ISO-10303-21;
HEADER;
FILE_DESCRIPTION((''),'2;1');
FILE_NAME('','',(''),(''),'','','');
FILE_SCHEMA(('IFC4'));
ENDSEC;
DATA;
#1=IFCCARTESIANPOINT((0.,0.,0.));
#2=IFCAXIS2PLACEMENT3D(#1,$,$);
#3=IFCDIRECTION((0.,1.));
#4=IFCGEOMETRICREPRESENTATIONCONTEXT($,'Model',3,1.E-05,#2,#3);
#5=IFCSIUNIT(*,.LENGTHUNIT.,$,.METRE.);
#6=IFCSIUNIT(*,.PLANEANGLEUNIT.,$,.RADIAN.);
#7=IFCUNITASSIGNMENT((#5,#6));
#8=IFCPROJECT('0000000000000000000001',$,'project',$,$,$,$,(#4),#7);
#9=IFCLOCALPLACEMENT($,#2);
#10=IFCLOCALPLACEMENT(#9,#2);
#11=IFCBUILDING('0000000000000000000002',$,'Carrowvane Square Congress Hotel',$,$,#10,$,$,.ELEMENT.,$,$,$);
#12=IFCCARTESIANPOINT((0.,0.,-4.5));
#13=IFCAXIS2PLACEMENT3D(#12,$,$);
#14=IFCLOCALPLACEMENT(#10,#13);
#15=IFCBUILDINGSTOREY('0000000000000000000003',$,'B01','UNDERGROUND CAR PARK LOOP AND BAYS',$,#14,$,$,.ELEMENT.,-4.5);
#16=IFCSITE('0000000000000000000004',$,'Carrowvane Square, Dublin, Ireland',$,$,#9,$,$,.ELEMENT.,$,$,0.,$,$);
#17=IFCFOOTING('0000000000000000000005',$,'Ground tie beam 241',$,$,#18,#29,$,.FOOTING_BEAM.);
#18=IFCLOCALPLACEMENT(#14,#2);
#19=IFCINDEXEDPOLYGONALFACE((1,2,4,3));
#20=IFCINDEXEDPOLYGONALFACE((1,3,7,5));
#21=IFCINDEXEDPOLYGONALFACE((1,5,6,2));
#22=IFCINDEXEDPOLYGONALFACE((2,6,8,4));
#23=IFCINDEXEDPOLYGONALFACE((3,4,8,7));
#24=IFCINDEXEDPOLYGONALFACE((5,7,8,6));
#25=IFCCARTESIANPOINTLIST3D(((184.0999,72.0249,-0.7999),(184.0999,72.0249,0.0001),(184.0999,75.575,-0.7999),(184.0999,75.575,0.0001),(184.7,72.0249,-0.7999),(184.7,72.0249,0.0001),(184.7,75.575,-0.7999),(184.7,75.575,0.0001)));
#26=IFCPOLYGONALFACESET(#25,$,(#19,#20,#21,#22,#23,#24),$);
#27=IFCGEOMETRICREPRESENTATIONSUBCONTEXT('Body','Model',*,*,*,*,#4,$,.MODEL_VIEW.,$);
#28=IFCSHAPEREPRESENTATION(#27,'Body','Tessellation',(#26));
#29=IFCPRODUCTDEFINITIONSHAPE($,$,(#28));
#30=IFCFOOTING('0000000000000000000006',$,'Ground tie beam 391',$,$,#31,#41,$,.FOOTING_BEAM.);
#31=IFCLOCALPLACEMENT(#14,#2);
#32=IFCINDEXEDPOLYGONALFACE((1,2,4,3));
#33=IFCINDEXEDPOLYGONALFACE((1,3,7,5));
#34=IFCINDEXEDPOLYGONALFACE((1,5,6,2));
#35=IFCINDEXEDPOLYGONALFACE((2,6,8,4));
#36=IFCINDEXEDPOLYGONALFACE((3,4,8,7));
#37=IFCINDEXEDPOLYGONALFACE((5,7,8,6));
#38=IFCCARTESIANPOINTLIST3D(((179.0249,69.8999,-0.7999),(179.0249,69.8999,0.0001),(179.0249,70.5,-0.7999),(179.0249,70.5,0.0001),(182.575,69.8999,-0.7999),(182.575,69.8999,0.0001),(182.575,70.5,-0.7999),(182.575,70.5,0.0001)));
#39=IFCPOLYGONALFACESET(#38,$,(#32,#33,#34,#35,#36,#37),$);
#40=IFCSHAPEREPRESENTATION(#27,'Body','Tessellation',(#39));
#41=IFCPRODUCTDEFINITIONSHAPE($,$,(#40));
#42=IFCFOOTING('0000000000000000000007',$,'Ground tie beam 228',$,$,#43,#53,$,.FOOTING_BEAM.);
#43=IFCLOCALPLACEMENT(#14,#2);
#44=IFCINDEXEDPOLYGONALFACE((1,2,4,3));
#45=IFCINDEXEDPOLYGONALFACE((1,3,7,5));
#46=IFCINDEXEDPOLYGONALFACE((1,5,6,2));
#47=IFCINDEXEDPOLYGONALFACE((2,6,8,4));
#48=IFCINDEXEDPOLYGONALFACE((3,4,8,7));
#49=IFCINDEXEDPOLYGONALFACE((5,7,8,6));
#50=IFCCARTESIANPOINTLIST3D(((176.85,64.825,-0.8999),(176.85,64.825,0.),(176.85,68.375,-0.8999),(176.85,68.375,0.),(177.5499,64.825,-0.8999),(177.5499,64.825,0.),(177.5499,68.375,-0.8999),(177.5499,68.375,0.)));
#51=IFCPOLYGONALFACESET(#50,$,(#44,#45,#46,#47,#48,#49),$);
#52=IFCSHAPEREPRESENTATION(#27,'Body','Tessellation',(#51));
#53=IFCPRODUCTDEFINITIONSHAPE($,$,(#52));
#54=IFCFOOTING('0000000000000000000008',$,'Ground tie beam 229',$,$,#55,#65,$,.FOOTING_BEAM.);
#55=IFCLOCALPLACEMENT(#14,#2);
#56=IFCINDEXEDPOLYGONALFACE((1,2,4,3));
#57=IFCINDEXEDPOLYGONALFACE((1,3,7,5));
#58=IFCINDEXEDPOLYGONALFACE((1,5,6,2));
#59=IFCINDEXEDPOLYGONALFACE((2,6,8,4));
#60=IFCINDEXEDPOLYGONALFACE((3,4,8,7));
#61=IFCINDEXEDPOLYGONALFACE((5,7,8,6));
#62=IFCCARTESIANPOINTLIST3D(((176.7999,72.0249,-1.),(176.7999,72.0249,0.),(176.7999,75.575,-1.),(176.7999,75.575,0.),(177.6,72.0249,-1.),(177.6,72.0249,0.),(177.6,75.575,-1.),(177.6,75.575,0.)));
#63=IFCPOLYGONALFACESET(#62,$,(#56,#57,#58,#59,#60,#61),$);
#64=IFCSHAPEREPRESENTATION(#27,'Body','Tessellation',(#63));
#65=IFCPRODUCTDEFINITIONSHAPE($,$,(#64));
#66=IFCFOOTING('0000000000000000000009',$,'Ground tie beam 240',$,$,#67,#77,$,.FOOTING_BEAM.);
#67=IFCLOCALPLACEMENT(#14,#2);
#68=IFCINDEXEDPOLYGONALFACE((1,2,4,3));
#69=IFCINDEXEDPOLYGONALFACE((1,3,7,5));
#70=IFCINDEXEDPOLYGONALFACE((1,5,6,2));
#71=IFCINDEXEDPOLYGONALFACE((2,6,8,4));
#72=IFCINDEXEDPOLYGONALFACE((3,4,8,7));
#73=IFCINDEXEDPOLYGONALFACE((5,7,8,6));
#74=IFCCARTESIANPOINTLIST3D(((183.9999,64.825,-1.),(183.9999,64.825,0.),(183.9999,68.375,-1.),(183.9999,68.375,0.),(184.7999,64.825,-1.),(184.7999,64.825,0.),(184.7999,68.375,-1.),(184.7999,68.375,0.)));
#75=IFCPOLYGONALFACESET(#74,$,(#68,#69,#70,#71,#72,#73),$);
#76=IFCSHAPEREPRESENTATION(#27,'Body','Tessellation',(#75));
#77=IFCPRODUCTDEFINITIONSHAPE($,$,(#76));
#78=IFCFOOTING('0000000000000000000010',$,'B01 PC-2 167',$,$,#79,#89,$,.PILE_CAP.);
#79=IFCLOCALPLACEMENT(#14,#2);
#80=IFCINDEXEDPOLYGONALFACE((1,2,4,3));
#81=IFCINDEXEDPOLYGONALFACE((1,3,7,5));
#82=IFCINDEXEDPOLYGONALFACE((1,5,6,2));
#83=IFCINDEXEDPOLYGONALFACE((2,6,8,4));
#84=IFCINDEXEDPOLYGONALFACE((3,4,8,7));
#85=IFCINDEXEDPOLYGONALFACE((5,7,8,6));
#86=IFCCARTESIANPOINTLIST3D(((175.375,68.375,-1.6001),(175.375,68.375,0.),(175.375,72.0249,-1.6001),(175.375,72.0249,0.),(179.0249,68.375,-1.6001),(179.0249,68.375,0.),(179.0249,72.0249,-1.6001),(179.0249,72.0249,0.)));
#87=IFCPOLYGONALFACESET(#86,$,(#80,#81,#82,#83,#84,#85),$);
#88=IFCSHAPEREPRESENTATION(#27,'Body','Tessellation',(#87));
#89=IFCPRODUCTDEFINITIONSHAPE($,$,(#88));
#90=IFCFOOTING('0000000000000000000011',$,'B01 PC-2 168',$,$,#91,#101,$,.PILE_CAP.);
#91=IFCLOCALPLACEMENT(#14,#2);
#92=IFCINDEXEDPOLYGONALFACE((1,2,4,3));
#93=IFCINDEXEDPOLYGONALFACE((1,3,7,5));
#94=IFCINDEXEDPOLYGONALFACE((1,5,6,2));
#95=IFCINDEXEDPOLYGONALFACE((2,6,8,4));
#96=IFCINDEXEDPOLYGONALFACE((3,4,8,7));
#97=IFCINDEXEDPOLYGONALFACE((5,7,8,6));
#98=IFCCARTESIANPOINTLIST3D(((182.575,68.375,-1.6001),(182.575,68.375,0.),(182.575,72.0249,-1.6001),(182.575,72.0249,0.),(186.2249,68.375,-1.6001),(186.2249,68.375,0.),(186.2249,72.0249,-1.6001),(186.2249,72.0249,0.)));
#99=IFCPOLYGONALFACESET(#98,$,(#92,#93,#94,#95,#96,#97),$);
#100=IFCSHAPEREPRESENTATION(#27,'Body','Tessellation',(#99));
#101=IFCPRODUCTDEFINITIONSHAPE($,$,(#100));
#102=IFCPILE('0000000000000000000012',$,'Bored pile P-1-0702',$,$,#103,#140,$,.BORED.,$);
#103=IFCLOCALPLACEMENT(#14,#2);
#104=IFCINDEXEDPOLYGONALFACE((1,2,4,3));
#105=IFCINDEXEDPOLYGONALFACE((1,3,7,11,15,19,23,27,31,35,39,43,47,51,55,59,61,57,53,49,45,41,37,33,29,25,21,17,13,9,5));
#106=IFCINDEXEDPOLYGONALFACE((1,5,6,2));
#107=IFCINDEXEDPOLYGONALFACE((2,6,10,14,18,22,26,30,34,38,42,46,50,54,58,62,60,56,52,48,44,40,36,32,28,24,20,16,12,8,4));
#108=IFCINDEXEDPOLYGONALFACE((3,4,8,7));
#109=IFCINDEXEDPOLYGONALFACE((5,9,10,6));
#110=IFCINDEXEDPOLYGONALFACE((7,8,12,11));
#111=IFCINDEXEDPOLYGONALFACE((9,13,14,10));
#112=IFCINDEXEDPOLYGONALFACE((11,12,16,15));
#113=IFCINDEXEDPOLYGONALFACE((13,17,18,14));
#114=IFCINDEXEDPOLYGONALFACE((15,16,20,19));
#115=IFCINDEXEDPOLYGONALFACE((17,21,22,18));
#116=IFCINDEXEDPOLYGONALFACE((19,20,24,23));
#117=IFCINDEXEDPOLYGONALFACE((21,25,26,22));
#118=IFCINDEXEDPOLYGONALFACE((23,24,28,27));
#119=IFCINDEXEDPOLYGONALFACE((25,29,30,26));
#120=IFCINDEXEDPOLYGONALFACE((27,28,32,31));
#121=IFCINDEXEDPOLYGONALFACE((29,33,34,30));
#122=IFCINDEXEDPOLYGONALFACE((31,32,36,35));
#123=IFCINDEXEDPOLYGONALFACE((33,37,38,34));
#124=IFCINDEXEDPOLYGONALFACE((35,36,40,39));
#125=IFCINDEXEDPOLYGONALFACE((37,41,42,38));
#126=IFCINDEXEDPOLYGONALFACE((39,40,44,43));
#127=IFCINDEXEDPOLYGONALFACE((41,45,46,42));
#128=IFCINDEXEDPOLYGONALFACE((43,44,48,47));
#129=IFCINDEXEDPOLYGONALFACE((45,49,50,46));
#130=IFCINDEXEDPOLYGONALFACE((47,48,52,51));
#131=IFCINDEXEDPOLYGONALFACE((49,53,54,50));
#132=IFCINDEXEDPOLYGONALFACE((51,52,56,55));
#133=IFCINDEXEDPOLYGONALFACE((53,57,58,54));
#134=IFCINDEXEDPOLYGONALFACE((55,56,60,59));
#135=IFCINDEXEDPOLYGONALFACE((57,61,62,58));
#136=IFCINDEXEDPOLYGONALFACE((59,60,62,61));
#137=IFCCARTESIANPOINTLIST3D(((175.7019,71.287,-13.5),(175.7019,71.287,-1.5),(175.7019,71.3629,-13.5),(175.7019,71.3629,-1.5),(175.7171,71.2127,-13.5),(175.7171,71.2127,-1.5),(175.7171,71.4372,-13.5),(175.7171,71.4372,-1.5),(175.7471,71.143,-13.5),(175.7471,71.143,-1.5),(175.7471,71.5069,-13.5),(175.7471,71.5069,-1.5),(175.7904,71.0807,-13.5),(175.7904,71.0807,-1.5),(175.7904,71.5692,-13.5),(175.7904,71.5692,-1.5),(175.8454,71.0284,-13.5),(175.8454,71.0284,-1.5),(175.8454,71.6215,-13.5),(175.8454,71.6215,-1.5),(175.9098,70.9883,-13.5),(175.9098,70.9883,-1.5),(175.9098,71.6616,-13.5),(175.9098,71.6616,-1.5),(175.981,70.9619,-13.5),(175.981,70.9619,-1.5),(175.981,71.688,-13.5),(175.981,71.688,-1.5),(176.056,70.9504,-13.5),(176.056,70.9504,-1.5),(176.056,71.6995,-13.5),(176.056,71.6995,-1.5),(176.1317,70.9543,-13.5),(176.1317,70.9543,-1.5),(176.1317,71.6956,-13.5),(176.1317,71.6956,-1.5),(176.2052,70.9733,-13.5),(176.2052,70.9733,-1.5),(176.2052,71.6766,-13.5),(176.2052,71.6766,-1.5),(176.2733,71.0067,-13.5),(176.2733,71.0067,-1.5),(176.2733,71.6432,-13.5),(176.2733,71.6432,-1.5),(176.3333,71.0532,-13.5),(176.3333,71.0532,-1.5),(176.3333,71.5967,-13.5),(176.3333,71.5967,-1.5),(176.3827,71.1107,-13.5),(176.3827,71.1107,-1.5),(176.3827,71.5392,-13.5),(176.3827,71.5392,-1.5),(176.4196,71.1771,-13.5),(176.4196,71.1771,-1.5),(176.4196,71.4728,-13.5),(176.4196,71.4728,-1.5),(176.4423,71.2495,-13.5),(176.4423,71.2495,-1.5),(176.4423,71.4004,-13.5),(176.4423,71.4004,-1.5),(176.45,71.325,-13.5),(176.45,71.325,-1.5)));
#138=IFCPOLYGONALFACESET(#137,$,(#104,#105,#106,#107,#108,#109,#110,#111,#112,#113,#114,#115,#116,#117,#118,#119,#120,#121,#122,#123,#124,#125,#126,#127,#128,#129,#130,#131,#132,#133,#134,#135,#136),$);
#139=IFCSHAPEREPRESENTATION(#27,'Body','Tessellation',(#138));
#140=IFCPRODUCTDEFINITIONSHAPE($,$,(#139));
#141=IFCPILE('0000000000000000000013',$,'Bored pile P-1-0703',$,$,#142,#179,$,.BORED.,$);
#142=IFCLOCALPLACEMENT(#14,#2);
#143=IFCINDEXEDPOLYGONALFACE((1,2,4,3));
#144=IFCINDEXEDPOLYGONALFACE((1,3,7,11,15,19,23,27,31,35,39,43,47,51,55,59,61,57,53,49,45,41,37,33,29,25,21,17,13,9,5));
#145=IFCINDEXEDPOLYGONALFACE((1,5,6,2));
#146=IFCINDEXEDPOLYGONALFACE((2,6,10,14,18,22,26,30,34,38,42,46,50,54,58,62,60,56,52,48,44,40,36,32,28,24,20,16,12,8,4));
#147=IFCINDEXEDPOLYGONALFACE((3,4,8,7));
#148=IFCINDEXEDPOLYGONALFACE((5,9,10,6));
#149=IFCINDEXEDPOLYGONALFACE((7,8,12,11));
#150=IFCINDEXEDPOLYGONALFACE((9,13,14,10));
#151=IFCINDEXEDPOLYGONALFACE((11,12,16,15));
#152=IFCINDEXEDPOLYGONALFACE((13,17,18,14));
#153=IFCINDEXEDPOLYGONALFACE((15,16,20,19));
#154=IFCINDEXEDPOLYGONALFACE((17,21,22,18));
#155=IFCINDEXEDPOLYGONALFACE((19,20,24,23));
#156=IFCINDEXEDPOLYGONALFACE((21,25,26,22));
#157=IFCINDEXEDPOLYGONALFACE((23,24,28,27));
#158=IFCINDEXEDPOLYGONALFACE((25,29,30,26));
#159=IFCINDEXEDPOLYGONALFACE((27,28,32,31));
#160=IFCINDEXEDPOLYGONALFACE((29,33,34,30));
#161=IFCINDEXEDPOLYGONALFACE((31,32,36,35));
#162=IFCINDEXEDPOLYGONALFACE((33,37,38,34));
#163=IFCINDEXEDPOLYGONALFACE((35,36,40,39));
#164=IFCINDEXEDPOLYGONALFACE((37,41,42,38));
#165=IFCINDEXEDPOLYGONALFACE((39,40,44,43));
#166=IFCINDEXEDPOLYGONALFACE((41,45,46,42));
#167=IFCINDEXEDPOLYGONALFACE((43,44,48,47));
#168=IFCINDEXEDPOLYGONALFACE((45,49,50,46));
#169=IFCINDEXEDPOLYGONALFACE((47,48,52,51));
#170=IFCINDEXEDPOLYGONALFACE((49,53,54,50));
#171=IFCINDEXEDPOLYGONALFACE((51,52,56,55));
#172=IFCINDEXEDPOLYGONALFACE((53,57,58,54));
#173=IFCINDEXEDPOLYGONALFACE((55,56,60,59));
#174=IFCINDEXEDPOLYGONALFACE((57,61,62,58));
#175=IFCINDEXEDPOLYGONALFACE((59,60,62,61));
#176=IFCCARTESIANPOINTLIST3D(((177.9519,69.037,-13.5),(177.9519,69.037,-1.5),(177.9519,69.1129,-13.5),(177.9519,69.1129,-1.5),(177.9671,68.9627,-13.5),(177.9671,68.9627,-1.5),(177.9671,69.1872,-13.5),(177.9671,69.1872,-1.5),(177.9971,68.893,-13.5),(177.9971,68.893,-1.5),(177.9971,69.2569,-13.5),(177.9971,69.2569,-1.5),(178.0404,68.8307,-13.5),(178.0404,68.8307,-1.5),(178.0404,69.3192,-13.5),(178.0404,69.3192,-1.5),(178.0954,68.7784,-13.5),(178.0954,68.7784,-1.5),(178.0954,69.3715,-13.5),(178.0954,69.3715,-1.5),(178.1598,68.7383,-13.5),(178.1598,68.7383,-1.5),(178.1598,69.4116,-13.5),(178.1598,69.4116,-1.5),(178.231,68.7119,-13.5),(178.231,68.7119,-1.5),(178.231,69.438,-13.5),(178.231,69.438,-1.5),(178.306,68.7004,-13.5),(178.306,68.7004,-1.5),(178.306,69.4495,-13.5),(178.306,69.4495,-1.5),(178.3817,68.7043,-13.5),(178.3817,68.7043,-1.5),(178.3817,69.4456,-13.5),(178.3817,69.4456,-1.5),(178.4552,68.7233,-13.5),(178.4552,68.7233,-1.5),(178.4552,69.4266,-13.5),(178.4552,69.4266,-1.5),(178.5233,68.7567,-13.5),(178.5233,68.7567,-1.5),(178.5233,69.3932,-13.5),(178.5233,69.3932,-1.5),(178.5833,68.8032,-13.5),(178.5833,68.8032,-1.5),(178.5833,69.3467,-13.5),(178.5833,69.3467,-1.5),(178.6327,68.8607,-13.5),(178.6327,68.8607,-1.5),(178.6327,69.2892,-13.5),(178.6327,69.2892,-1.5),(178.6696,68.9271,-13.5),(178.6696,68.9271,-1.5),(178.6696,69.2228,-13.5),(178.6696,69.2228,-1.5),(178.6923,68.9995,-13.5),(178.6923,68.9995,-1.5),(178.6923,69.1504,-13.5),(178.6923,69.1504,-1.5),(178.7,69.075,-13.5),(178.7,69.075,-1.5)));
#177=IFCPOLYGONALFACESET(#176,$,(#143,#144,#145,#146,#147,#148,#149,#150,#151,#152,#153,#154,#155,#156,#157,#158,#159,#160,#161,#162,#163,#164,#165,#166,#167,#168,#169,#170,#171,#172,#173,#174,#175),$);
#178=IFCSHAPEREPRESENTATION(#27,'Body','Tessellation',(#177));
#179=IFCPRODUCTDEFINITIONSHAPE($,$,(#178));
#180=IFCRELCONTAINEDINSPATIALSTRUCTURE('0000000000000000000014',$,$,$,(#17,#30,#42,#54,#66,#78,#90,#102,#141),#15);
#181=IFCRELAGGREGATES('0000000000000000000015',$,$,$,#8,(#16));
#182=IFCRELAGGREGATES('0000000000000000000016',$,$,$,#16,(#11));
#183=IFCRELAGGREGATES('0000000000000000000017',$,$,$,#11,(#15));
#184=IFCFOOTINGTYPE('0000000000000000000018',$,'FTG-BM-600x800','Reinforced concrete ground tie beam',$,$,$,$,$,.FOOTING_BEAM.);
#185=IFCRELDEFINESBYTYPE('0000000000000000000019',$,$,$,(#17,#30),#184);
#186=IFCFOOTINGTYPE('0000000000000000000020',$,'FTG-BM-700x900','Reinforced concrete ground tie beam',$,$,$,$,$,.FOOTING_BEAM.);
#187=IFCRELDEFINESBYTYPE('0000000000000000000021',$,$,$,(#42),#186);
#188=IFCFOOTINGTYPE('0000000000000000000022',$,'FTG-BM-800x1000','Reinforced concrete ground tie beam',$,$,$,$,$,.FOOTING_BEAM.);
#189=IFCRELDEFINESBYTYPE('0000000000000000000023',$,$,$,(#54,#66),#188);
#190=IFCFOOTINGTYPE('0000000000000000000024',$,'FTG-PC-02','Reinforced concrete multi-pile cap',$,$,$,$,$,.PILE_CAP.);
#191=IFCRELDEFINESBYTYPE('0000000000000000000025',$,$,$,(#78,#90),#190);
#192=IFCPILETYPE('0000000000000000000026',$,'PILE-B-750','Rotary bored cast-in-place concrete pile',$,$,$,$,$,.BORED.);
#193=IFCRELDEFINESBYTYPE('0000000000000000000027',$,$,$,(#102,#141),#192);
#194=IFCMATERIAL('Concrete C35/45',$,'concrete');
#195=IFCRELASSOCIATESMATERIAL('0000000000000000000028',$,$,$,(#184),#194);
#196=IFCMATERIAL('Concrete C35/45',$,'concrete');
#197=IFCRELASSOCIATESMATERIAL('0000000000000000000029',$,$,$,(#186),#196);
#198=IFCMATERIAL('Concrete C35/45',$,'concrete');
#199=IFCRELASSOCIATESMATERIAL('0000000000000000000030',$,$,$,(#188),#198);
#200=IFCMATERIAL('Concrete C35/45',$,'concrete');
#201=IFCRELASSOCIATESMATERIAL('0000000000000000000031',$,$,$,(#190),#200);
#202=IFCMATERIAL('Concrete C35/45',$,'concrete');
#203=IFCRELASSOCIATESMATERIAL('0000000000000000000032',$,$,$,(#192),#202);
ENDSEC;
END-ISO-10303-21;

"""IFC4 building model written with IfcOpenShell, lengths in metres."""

from ifc_helpers import new_model, si_unit, direction, frame, origin, origin_2d, place, context, subcontext, project, spatial, rectangle, circle, extrude, material, material_profile, profile_set, type_object, element, save


model = new_model("IFC4")

# Units and contexts
model_context = context("Model", 3, precision=1e-05, world=origin(), true_north=direction((0.0, 1.0)))
body_context = subcontext(model_context, "Body", "Model", "MODEL_VIEW")
ifc_project = project(units=[si_unit("LENGTHUNIT", "METRE"), si_unit("PLANEANGLEUNIT", "RADIAN")], contexts=[model_context])

# Site, building, storey
site_placement = place(None, origin())
site = spatial("IfcSite", under=ifc_project, at=site_placement, Name="Carrowvane Square, Dublin, Ireland", CompositionType="ELEMENT", RefElevation=0.0)
building_placement = place(site_placement, origin())
building = spatial("IfcBuilding", under=site, at=building_placement, Name="Carrowvane Square Congress Hotel", CompositionType="ELEMENT")
storey_placement = place(building_placement, frame((0.0, 0.0, -4.5)))
storey = spatial("IfcBuildingStorey", under=building, at=storey_placement, Name="B01", Description="UNDERGROUND CAR PARK LOOP AND BAYS", CompositionType="ELEMENT", Elevation=-4.5)

# Footings
ifc_material_1 = material(Name="Concrete C35/45", Category="concrete")
ifc_material_profile_1 = material_profile(ifc_material_1, rectangle(XDim=0.6001, YDim=0.8, at=origin_2d()), Name="RC 600x800")
ifc_profile_set_1 = profile_set([ifc_material_profile_1], Name="Concrete C35/45")
footing_type_1 = type_object("IfcFootingType", Name="FTG-BM-600x800", Description="Reinforced concrete ground tie beam", PredefinedType="FOOTING_BEAM", material=ifc_profile_set_1)
for number, where, z_axis, x_axis, name in (
    (1, (184.3999, 72.0249, -0.3999), (0.0, 1.0, 0.0), (-1.0, 0.0, 0.0), "Ground tie beam 241"),
    (2, (179.0249, 70.2, -0.3999), (1.0, 0.0, 0.0), (0.0, 1.0, 0.0), "Ground tie beam 391"),
):
    element("IfcFooting", number, at=place(storey_placement, frame(where, z_axis=z_axis, x_axis=x_axis)), inside=storey, type_object=footing_type_1, Name=name, PredefinedType="FOOTING_BEAM", context=body_context, shape_type="SweptSolid", body=[
        extrude(rectangle(XDim=0.6001, YDim=0.8, at=origin_2d()), origin(), (0.0, 0.0, 1.0), 3.55),
    ])
ifc_material_2 = material(Name="Concrete C35/45", Category="concrete")
ifc_material_profile_2 = material_profile(ifc_material_2, rectangle(XDim=0.7, YDim=0.8999, at=origin_2d()), Name="RC 700x900")
ifc_profile_set_2 = profile_set([ifc_material_profile_2], Name="Concrete C35/45")
footing_type_2 = type_object("IfcFootingType", Name="FTG-BM-700x900", Description="Reinforced concrete ground tie beam", PredefinedType="FOOTING_BEAM", material=ifc_profile_set_2)
footing_placement = place(storey_placement, frame((177.2, 64.825, -0.45), z_axis=(0.0, 1.0, 0.0), x_axis=(-1.0, 0.0, 0.0)))
element("IfcFooting", 3, at=footing_placement, inside=storey, type_object=footing_type_2, Name="Ground tie beam 228", PredefinedType="FOOTING_BEAM", context=body_context, shape_type="SweptSolid", body=[
    extrude(rectangle(XDim=0.7, YDim=0.8999, at=origin_2d()), origin(), (0.0, 0.0, 1.0), 3.55),
])
ifc_material_3 = material(Name="Concrete C35/45", Category="concrete")
ifc_material_profile_3 = material_profile(ifc_material_3, rectangle(XDim=0.8, YDim=1.0, at=origin_2d()), Name="RC 800x1000")
ifc_profile_set_3 = profile_set([ifc_material_profile_3], Name="Concrete C35/45")
footing_type_3 = type_object("IfcFootingType", Name="FTG-BM-800x1000", Description="Reinforced concrete ground tie beam", PredefinedType="FOOTING_BEAM", material=ifc_profile_set_3)
for number, where, z_axis, x_axis, name in (
    (4, (177.2, 72.0249, -0.5), (0.0, 1.0, 0.0), (-1.0, 0.0, 0.0), "Ground tie beam 229"),
    (5, (184.3999, 64.825, -0.5), (0.0, 1.0, 0.0), (-1.0, 0.0, 0.0), "Ground tie beam 240"),
):
    element("IfcFooting", number, at=place(storey_placement, frame(where, z_axis=z_axis, x_axis=x_axis)), inside=storey, type_object=footing_type_3, Name=name, PredefinedType="FOOTING_BEAM", context=body_context, shape_type="SweptSolid", body=[
        extrude(rectangle(XDim=0.8, YDim=1.0, at=origin_2d()), origin(), (0.0, 0.0, 1.0), 3.55),
    ])
ifc_material_4 = material(Name="Concrete C35/45", Category="concrete")
footing_type_4 = type_object("IfcFootingType", Name="FTG-PC-02", Description="Reinforced concrete multi-pile cap", PredefinedType="PILE_CAP", material=ifc_material_4)
for number, where, z_axis, x_axis, name in (
    (6, (177.2, 70.2, -1.6001), (0.0, 0.0, 1.0), (1.0, 0.0, 0.0), "B01 PC-2 167"),
    (7, (184.3999, 70.2, -1.6001), (0.0, 0.0, 1.0), (1.0, 0.0, 0.0), "B01 PC-2 168"),
):
    element("IfcFooting", number, at=place(storey_placement, frame(where, z_axis=z_axis, x_axis=x_axis)), inside=storey, type_object=footing_type_4, Name=name, PredefinedType="PILE_CAP", context=body_context, shape_type="SweptSolid", body=[
        extrude(rectangle(XDim=3.6499, YDim=3.6499, at=origin_2d()), origin(), (0.0, 0.0, 1.0), 1.6001),
    ])

# Piles
ifc_material_5 = material(Name="Concrete C35/45", Category="concrete")
ifc_material_profile_4 = material_profile(ifc_material_5, circle(Radius=0.375, at=origin_2d()), Name="PILE D750")
ifc_profile_set_4 = profile_set([ifc_material_profile_4], Name="Concrete C35/45")
pile_type = type_object("IfcPileType", Name="PILE-B-750", Description="Rotary bored cast-in-place concrete pile", PredefinedType="BORED", material=ifc_profile_set_4)
for number, where, z_axis, x_axis, name in (
    (8, (176.075, 71.325, -1.5), (0.0, 0.0, -1.0), (1.0, 0.0, 0.0), "Bored pile P-1-0702"),
    (9, (178.325, 69.075, -1.5), (0.0, 0.0, -1.0), (1.0, 0.0, 0.0), "Bored pile P-1-0703"),
):
    element("IfcPile", number, at=place(storey_placement, frame(where, z_axis=z_axis, x_axis=x_axis)), inside=storey, type_object=pile_type, Name=name, PredefinedType="BORED", context=body_context, shape_type="SweptSolid", body=[
        extrude(circle(Radius=0.375, at=origin_2d()), origin(), (0.0, 0.0, 1.0), 12.0),
    ])

save(model, "model.ifc")
